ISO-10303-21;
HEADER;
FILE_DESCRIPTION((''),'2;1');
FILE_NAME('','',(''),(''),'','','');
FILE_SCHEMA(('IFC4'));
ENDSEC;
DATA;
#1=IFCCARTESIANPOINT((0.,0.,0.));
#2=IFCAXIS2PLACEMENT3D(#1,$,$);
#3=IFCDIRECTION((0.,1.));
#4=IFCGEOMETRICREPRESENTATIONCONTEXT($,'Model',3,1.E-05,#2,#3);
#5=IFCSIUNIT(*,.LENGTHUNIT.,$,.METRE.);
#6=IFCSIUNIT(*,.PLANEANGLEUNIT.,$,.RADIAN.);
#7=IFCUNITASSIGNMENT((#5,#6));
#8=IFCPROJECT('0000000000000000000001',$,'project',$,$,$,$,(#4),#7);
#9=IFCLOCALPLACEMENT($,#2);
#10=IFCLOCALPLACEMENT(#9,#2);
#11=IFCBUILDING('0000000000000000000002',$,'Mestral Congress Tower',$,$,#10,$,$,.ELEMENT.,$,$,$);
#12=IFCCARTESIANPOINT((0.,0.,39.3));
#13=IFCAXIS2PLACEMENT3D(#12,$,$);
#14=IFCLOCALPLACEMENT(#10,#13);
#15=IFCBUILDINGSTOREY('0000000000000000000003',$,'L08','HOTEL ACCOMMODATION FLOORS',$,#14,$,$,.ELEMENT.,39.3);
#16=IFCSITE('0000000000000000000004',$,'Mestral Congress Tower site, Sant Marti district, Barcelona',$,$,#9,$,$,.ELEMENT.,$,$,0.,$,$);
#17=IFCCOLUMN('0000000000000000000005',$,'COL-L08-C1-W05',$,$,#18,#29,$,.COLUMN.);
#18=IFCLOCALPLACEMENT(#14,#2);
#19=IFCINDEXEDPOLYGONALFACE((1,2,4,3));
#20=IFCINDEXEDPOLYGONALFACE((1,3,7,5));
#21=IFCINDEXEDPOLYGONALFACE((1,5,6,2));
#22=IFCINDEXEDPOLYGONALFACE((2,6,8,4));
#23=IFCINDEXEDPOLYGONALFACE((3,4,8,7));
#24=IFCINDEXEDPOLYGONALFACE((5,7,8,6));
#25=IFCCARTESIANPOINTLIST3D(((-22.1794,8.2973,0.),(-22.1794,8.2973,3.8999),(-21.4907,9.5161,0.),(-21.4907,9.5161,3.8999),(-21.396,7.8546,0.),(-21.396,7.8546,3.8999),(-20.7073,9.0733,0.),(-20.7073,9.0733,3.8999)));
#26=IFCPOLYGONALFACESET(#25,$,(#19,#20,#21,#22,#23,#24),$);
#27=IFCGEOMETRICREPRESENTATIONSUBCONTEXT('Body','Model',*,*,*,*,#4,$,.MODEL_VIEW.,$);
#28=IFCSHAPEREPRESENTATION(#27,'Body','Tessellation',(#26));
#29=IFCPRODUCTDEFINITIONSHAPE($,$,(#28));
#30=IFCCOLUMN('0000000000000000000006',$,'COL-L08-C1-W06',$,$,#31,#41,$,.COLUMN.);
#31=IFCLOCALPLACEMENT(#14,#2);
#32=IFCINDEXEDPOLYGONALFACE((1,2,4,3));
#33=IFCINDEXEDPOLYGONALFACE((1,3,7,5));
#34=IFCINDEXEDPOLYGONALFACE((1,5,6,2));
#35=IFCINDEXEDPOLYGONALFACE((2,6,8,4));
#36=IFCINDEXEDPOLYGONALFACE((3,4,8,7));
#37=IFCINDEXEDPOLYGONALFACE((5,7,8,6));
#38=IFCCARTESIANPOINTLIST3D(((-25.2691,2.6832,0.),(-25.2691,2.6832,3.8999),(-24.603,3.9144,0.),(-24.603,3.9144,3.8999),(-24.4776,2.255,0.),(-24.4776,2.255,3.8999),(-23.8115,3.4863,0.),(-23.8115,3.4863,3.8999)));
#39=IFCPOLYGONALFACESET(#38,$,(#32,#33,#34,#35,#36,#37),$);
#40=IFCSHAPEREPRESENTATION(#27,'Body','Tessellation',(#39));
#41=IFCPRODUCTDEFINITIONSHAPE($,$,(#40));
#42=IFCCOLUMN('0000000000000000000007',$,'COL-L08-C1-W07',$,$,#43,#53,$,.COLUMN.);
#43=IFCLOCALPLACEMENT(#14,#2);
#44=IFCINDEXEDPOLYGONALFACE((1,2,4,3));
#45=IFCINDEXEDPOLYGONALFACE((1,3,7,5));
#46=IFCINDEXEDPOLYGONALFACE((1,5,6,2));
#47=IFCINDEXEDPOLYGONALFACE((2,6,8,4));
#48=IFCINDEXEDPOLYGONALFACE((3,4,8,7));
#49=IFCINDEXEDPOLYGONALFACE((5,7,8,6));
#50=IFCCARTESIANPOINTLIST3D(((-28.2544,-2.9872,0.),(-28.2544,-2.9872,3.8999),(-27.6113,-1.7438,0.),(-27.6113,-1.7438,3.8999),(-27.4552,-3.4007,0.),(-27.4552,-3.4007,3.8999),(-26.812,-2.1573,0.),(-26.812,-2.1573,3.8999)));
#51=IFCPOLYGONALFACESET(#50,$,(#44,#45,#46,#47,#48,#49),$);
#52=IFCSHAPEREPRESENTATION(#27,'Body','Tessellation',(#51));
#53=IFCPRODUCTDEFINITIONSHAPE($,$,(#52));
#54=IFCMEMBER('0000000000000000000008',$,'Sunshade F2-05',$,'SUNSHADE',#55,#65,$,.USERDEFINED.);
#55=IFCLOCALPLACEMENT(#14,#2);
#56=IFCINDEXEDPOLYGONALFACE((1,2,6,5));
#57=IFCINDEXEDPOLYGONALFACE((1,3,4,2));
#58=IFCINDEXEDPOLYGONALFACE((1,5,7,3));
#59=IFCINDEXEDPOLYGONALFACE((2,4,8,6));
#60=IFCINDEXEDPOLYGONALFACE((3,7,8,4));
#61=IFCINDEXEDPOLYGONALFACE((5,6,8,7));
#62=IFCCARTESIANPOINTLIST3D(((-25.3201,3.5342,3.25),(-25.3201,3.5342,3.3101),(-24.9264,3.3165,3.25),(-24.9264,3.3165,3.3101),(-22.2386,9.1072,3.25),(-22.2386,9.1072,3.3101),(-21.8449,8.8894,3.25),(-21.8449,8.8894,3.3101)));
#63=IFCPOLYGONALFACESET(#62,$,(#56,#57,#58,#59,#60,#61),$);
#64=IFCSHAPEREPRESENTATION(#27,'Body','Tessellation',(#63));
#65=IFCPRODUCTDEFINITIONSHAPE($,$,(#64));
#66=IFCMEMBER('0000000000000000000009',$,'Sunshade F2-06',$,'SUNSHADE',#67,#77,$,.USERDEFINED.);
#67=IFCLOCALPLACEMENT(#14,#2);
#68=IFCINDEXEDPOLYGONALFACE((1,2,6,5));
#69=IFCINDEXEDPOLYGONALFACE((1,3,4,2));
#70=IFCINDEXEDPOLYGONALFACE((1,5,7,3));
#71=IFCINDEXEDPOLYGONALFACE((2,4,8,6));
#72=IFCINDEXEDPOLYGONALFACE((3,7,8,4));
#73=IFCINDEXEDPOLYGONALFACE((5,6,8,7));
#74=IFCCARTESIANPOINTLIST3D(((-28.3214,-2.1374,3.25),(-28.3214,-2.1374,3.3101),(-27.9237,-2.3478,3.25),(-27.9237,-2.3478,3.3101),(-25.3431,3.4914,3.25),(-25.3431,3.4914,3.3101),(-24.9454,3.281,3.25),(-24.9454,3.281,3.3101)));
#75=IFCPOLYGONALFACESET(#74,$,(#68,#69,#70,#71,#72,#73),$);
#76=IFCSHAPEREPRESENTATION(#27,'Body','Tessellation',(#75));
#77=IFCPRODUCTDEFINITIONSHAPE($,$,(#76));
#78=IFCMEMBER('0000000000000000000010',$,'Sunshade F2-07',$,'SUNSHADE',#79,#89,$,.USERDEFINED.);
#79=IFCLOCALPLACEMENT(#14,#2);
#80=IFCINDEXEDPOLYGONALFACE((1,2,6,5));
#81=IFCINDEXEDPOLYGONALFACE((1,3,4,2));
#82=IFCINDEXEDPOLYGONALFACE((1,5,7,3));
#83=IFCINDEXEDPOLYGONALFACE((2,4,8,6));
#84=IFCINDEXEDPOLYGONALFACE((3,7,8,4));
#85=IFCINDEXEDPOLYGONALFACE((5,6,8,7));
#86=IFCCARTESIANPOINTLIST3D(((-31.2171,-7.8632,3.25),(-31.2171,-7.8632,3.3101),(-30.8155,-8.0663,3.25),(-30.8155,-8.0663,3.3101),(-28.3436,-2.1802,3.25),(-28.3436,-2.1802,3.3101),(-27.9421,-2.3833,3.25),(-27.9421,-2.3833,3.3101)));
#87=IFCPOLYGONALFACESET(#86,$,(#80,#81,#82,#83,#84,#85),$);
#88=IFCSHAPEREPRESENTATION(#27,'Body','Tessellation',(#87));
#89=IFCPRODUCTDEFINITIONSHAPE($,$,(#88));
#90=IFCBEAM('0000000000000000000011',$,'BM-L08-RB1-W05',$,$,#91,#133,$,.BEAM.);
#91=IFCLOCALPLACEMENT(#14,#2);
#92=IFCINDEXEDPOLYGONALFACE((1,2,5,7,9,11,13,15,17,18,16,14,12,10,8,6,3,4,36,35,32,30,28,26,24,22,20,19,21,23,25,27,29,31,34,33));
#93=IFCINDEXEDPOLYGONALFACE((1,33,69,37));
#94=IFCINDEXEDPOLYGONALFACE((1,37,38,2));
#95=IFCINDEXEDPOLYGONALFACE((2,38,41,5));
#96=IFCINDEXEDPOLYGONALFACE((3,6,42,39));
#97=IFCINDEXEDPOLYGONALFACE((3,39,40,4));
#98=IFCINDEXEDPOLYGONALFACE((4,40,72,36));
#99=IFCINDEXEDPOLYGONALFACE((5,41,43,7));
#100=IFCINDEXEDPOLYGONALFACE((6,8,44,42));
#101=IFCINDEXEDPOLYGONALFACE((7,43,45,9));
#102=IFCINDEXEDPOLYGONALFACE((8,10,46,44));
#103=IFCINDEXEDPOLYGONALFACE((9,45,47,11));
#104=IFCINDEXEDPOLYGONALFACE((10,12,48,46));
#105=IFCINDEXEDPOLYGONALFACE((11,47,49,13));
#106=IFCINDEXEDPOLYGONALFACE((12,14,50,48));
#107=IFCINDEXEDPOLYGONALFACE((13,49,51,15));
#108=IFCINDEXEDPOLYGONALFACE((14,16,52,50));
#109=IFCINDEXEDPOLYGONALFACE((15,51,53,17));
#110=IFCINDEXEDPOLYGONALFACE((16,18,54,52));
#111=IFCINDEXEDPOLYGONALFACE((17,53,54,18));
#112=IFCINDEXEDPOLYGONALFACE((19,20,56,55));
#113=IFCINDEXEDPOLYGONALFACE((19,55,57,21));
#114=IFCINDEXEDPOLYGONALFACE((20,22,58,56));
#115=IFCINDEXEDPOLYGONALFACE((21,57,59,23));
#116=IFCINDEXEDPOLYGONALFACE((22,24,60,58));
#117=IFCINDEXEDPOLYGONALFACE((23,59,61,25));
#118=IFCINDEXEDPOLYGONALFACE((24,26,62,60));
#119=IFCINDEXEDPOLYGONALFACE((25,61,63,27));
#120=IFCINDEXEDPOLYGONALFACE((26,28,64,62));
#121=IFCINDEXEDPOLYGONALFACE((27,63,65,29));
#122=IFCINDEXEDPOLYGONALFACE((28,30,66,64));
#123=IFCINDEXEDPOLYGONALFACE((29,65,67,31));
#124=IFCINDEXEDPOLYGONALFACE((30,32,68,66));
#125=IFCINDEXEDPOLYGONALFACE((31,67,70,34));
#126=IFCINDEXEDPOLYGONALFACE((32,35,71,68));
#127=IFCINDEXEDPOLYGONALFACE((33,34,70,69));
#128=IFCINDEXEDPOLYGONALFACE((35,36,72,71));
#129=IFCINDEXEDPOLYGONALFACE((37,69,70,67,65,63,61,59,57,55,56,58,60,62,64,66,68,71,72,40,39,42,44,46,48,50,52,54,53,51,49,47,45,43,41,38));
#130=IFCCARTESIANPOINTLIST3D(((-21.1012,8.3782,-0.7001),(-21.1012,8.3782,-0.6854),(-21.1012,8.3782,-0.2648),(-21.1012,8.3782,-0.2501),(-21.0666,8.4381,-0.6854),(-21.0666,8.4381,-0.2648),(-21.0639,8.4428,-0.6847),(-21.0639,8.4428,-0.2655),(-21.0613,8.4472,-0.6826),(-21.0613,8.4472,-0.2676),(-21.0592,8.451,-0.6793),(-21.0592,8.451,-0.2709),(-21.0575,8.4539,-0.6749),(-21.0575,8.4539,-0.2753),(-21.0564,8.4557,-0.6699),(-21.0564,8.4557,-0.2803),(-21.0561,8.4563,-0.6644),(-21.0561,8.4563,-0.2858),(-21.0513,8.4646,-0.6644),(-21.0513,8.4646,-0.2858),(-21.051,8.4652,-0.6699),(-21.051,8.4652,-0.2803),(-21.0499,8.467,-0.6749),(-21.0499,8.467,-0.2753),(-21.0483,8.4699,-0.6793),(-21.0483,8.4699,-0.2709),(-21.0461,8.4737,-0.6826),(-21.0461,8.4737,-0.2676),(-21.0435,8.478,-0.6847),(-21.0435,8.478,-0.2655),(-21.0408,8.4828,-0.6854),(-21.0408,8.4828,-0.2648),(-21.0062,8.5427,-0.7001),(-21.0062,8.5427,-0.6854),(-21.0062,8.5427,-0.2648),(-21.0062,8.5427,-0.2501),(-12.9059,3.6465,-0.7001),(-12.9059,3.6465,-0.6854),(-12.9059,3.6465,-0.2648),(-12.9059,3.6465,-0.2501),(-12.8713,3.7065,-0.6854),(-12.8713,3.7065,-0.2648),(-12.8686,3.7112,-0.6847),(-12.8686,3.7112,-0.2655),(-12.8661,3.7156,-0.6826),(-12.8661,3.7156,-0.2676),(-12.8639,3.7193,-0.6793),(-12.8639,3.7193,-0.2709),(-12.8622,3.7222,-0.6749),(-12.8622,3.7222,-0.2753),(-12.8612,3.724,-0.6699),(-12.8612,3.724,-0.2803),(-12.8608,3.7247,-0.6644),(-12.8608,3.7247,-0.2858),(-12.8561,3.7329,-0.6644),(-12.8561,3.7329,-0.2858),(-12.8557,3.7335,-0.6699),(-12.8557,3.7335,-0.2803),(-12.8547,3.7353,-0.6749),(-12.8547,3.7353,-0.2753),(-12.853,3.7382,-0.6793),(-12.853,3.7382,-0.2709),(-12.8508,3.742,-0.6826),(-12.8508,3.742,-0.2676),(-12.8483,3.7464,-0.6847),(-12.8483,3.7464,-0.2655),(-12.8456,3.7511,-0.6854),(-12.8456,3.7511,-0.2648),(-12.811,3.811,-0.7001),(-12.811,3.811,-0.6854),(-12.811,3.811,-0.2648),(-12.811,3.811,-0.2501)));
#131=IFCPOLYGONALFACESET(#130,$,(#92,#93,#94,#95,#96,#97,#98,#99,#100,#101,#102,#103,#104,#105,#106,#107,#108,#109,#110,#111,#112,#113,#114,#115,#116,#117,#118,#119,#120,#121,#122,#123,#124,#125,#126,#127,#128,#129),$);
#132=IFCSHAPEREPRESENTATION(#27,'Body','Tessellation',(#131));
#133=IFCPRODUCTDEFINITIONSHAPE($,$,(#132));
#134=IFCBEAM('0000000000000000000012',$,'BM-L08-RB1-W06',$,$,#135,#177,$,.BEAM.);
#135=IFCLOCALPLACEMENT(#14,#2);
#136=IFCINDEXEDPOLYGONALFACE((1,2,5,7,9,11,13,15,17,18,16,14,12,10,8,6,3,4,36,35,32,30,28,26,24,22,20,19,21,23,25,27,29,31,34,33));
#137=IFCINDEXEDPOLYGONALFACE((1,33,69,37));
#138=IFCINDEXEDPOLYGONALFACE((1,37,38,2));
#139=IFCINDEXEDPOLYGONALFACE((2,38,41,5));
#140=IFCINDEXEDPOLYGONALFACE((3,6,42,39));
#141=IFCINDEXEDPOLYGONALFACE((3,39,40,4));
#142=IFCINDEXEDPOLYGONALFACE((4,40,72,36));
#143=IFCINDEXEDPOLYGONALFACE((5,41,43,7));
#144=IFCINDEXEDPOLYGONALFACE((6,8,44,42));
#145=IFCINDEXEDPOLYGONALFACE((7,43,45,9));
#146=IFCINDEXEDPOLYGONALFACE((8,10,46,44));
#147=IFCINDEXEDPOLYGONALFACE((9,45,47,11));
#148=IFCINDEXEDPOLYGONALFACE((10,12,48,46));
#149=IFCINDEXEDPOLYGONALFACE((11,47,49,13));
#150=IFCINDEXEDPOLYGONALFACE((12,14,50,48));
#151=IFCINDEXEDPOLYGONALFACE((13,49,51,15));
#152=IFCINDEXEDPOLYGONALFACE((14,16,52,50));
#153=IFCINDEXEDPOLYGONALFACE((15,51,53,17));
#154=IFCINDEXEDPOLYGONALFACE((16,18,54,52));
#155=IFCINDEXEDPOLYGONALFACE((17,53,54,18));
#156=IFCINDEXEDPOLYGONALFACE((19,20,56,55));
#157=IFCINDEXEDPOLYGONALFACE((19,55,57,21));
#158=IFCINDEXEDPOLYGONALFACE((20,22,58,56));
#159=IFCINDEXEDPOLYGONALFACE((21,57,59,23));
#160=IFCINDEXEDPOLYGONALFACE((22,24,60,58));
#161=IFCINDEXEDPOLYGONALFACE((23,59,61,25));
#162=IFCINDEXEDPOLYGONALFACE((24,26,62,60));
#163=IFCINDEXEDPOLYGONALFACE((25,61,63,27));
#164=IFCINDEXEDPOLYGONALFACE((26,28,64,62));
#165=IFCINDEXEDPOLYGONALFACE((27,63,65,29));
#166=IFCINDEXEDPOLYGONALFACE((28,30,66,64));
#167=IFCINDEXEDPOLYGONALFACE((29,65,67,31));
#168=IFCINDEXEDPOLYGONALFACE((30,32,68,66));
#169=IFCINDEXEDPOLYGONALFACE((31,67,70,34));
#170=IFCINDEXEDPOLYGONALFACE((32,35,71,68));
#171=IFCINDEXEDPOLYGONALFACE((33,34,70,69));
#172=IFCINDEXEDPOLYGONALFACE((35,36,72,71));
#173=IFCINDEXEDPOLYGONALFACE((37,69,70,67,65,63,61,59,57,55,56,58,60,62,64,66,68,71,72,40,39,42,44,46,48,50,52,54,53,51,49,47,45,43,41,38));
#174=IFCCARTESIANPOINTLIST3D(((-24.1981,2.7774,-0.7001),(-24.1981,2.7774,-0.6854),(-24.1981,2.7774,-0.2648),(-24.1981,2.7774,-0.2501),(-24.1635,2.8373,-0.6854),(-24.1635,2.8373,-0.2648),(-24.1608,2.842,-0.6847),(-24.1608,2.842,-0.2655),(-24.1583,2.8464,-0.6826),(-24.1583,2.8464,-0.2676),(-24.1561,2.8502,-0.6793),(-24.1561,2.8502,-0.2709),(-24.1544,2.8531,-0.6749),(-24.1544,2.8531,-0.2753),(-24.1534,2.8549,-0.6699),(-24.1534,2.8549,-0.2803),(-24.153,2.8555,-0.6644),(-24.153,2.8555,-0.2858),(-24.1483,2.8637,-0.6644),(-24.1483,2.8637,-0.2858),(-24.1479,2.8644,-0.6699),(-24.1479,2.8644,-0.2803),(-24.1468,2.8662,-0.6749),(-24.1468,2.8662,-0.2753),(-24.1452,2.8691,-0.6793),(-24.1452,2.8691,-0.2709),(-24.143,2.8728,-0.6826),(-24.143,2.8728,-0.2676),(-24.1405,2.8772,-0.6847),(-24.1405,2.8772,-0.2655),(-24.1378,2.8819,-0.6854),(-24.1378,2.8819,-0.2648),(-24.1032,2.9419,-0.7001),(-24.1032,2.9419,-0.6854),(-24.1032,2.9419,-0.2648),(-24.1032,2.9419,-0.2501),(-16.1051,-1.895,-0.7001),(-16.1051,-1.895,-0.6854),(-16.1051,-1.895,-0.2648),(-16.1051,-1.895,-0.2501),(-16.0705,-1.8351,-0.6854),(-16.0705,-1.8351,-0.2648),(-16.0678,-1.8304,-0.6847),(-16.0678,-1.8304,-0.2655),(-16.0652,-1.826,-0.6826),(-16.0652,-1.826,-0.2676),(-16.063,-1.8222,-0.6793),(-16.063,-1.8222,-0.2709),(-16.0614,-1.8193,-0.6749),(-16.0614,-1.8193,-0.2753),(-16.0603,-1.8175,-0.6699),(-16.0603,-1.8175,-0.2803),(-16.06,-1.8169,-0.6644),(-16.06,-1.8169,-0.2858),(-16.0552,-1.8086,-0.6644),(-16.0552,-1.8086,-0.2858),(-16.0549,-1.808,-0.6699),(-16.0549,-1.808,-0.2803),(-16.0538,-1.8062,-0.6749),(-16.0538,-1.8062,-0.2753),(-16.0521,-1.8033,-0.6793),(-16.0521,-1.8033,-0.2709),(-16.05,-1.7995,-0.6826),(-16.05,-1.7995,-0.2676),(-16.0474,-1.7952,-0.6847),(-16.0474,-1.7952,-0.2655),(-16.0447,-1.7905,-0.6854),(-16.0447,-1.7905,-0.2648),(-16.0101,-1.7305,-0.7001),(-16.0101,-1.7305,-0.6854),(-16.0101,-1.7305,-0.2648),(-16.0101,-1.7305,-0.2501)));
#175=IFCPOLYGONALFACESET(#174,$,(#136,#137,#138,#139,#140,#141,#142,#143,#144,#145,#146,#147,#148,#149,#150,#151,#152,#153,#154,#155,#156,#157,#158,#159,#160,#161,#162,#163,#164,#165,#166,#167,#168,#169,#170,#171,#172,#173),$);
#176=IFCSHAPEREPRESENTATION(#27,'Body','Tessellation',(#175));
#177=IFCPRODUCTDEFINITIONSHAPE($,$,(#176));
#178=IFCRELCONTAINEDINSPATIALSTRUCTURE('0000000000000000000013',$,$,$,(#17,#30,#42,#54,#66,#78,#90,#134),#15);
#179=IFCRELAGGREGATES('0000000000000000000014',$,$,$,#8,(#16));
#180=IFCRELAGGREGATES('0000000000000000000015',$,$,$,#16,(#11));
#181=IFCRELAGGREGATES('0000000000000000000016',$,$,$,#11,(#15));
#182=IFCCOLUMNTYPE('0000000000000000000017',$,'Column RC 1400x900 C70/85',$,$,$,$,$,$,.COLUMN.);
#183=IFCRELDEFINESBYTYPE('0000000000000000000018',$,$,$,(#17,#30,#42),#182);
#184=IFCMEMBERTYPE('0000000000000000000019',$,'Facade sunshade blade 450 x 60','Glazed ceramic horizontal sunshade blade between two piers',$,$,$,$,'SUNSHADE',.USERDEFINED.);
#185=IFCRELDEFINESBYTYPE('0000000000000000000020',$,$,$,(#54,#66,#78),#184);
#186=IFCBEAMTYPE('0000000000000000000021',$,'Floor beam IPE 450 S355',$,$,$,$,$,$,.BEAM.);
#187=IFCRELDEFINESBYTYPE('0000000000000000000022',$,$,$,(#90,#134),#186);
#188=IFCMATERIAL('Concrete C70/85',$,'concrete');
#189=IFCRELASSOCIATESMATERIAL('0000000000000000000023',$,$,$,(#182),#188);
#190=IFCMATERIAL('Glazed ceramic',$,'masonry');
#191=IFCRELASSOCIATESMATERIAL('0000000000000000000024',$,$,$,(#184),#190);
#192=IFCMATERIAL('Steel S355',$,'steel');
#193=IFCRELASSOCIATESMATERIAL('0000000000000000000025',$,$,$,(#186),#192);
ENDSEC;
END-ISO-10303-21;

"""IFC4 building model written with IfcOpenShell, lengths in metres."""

from ifc_helpers import new_model, si_unit, direction, frame, origin, origin_2d, place, context, subcontext, project, spatial, rectangle, i_section, extrude, material, material_profile, profile_set, type_object, element, save


model = new_model("IFC4")

# Units and contexts
model_context = context("Model", 3, precision=1e-05, world=origin(), true_north=direction((0.0, 1.0)))
body_context = subcontext(model_context, "Body", "Model", "MODEL_VIEW")
ifc_project = project(units=[si_unit("LENGTHUNIT", "METRE"), si_unit("PLANEANGLEUNIT", "RADIAN")], contexts=[model_context])

# Site, building, storey
site_placement = place(None, origin())
site = spatial("IfcSite", under=ifc_project, at=site_placement, Name="Mestral Congress Tower site, Sant Marti district, Barcelona", CompositionType="ELEMENT", RefElevation=0.0)
building_placement = place(site_placement, origin())
building = spatial("IfcBuilding", under=site, at=building_placement, Name="Mestral Congress Tower", CompositionType="ELEMENT")
storey_placement = place(building_placement, frame((0.0, 0.0, 39.3)))
storey = spatial("IfcBuildingStorey", under=building, at=storey_placement, Name="L08", Description="HOTEL ACCOMMODATION FLOORS", CompositionType="ELEMENT", Elevation=39.3)

# Columns
ifc_material_1 = material(Name="Concrete C70/85", Category="concrete")
ifc_material_profile_1 = material_profile(ifc_material_1, rectangle(XDim=1.3999, YDim=0.8999, at=origin_2d()), Name="RC 1400x900")
ifc_profile_set_1 = profile_set([ifc_material_profile_1], Name="Concrete C70/85")
column_type = type_object("IfcColumnType", Name="Column RC 1400x900 C70/85", PredefinedType="COLUMN", material=ifc_profile_set_1)
for number, where, z_axis, x_axis, name in (
    (1, (-21.4434, 8.6853, 0.0), (0.0, 0.0, 1.0), (-0.491974, -0.87061, 0.0), "COL-L08-C1-W05"),
    (2, (-24.5403, 3.0847, 0.0), (0.0, 0.0, 1.0), (-0.475796, -0.879556, 0.0), "COL-L08-C1-W06"),
    (3, (-27.5332, -2.5723, 0.0), (0.0, 0.0, 1.0), (-0.459456, -0.888201, 0.0), "COL-L08-C1-W07"),
):
    element("IfcColumn", number, at=place(storey_placement, frame(where, z_axis=z_axis, x_axis=x_axis)), inside=storey, type_object=column_type, Name=name, PredefinedType="COLUMN", context=body_context, shape_type="SweptSolid", body=[
        extrude(rectangle(XDim=1.3999, YDim=0.8999, at=origin_2d()), origin(), (0.0, 0.0, 1.0), 3.8999),
    ])

# Members
ifc_material_2 = material(Name="Glazed ceramic", Category="masonry")
ifc_material_profile_2 = material_profile(ifc_material_2, rectangle(XDim=0.45, YDim=0.0601, at=origin_2d()), Name="Ceramic blade 450 x 60")
ifc_profile_set_2 = profile_set([ifc_material_profile_2], Name="Glazed ceramic")
member_type = type_object("IfcMemberType", Name="Facade sunshade blade 450 x 60", Description="Glazed ceramic horizontal sunshade blade between two piers", ElementType="SUNSHADE", PredefinedType="USERDEFINED", material=ifc_profile_set_2)
for number, where, z_axis, x_axis, name in (
    (4, (-22.0417, 8.9983, 3.28), (-0.483894, -0.875127, 0.0), (0.875127, -0.483894, 0.0), "Sunshade F2-05"),
    (5, (-25.1443, 3.3862, 3.28), (-0.467675, -0.883901, 0.0), (0.883901, -0.467675, 0.0), "Sunshade F2-06"),
    (6, (-28.1428, -2.2817, 3.28), (-0.451227, -0.892409, 0.0), (0.892409, -0.451227, 0.0), "Sunshade F2-07"),
):
    element("IfcMember", number, at=place(storey_placement, frame(where, z_axis=z_axis, x_axis=x_axis)), inside=storey, type_object=member_type, Name=name, ObjectType="SUNSHADE", PredefinedType="USERDEFINED", context=body_context, shape_type="SweptSolid", body=[
        extrude(rectangle(XDim=0.45, YDim=0.0601, at=origin_2d()), origin(), (0.0, 0.0, 1.0), 6.3682),
    ])

# Beams
ifc_material_3 = material(Name="Steel S355", Category="steel")
ifc_material_profile_3 = material_profile(ifc_material_3, i_section(OverallWidth=0.1899, OverallDepth=0.45, WebThickness=0.0095, FlangeThickness=0.0146, FilletRadius=0.021, at=origin_2d()), Name="IPE 450")
ifc_profile_set_3 = profile_set([ifc_material_profile_3], Name="Steel S355")
beam_type_1 = type_object("IfcBeamType", Name="Floor beam IPE 450 S355", PredefinedType="BEAM", material=ifc_profile_set_3)
beam_1_placement = place(storey_placement, frame((-21.0537, 8.4604, -0.4751), z_axis=(0.86602, -0.50001, 0.0), x_axis=(0.50001, 0.86602, 0.0)))
element("IfcBeam", 7, at=beam_1_placement, inside=storey, type_object=beam_type_1, Name="BM-L08-RB1-W05", PredefinedType="BEAM", context=body_context, shape_type="SweptSolid", body=[
    extrude(i_section(OverallWidth=0.1899, OverallDepth=0.45, WebThickness=0.0095, FlangeThickness=0.0146, FilletRadius=0.021, at=origin_2d()), origin(), (0.0, 0.0, 1.0), 9.4631),
])
beam_2_placement = place(storey_placement, frame((-24.1506, 2.8596, -0.4751), z_axis=(0.866032, -0.499989, 0.0), x_axis=(0.499989, 0.866032, 0.0)))
element("IfcBeam", 8, at=beam_2_placement, inside=storey, type_object=beam_type_1, Name="BM-L08-RB1-W06", PredefinedType="BEAM", context=body_context, shape_type="SweptSolid", body=[
    extrude(i_section(OverallWidth=0.1899, OverallDepth=0.45, WebThickness=0.0095, FlangeThickness=0.0146, FilletRadius=0.021, at=origin_2d()), origin(), (0.0, 0.0, 1.0), 9.345),
])

save(model, "model.ifc")
